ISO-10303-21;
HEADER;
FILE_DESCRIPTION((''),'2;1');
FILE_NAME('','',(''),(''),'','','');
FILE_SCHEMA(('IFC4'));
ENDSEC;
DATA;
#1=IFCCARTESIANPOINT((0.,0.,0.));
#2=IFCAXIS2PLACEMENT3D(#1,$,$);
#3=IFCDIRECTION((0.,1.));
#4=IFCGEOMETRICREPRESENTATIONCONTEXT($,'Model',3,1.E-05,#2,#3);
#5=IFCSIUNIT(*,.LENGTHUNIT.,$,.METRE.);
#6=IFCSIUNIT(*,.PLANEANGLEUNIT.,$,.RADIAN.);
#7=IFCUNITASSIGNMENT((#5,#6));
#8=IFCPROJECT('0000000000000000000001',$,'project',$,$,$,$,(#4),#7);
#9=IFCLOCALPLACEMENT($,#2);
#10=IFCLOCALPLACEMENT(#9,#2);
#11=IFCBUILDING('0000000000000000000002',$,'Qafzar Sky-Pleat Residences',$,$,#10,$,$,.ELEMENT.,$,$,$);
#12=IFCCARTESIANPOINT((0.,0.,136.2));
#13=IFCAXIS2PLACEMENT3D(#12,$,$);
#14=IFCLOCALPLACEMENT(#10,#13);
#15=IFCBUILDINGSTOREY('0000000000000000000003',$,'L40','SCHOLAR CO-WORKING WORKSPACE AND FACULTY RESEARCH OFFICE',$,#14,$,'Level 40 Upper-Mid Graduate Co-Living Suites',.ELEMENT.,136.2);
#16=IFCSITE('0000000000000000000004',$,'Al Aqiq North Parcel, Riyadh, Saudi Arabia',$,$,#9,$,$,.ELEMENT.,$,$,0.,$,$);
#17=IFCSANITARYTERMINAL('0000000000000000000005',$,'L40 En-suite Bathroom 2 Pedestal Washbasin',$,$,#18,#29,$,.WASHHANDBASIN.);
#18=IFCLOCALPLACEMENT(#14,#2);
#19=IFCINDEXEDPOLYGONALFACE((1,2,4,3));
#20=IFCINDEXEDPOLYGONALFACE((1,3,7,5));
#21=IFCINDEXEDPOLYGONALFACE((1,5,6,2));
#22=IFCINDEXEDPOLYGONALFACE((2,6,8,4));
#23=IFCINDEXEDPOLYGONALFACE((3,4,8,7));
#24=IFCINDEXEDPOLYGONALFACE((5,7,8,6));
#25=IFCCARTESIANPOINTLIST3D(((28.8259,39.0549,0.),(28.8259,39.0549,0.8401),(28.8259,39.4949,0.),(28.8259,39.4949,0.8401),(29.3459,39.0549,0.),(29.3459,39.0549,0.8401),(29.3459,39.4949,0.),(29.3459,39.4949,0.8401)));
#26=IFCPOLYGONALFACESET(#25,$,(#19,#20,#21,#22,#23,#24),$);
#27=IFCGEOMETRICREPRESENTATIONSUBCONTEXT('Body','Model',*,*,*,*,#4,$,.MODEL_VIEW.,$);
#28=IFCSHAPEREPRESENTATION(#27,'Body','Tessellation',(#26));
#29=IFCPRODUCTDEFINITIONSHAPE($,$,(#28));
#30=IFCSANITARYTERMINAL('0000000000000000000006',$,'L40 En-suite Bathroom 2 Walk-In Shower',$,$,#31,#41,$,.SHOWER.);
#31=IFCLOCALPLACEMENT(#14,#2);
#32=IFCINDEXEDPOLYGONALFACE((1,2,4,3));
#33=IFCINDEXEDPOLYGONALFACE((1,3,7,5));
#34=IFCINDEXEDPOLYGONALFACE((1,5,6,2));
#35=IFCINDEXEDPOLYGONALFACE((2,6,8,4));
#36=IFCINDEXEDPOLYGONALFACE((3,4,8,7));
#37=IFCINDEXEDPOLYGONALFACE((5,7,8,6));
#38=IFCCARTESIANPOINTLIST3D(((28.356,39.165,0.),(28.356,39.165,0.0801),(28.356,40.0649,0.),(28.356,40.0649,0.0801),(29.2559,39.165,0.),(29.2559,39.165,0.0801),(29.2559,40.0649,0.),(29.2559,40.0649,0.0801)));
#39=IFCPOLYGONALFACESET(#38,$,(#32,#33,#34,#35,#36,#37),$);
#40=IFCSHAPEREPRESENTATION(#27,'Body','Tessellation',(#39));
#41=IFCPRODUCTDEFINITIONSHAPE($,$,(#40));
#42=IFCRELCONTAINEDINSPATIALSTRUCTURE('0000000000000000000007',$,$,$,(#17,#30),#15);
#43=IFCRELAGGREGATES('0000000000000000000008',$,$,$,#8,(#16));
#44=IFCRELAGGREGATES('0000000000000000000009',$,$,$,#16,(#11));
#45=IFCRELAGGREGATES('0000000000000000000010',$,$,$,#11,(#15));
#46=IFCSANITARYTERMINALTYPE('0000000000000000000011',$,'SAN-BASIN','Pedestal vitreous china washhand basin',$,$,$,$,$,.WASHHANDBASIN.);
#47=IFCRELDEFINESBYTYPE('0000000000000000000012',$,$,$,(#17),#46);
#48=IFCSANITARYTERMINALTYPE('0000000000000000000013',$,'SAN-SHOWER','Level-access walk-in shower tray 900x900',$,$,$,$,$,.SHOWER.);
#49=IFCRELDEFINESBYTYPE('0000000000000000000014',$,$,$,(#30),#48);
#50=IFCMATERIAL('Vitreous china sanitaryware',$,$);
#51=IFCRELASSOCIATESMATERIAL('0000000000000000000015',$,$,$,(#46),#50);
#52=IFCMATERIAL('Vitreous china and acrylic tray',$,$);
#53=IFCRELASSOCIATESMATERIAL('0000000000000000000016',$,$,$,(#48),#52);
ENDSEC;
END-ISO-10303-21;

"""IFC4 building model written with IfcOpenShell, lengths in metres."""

from ifc_helpers import new_model, si_unit, direction, frame, origin, origin_2d, place, context, subcontext, project, spatial, rectangle, extrude, source, transform, mapped, material, type_object, element, save


model = new_model("IFC4")

# Units and contexts
model_context = context("Model", 3, precision=1e-05, world=origin(), true_north=direction((0.0, 1.0)))
body_context = subcontext(model_context, "Body", "Model", "MODEL_VIEW")
ifc_project = project(units=[si_unit("LENGTHUNIT", "METRE"), si_unit("PLANEANGLEUNIT", "RADIAN")], contexts=[model_context])

# Site, building, storey
site_placement = place(None, origin())
site = spatial("IfcSite", under=ifc_project, at=site_placement, Name="Al Aqiq North Parcel, Riyadh, Saudi Arabia", CompositionType="ELEMENT", RefElevation=0.0)
building_placement = place(site_placement, origin())
building = spatial("IfcBuilding", under=site, at=building_placement, Name="Qafzar Sky-Pleat Residences", CompositionType="ELEMENT")
storey_placement = place(building_placement, frame((0.0, 0.0, 136.2)))
storey = spatial("IfcBuildingStorey", under=building, at=storey_placement, Name="L40", Description="SCHOLAR CO-WORKING WORKSPACE AND FACULTY RESEARCH OFFICE", LongName="Level 40 Upper-Mid Graduate Co-Living Suites", CompositionType="ELEMENT", Elevation=136.2)

# Sanitary terminals
ifc_material_1 = material(Name="Vitreous china sanitaryware")
sanitary_terminal_type_1 = type_object("IfcSanitaryTerminalType", Name="SAN-BASIN", Description="Pedestal vitreous china washhand basin", PredefinedType="WASHHANDBASIN", material=ifc_material_1)
shared_shape_1 = source(origin(), body_context, "Body", "SweptSolid", [
    extrude(rectangle(XDim=0.52, YDim=0.4399, at=origin_2d()), origin(), (0.0, 0.0, 1.0), 0.8401),
])
sanitary_terminal_1_placement = place(storey_placement, frame((29.0859, 39.2749, 0.0), z_axis=(0.0, 0.0, 1.0), x_axis=(1.0, 0.0, 0.0)))
element("IfcSanitaryTerminal", 1, at=sanitary_terminal_1_placement, inside=storey, type_object=sanitary_terminal_type_1, Name="L40 En-suite Bathroom 2 Pedestal Washbasin", PredefinedType="WASHHANDBASIN", context=body_context, shape_type="MappedRepresentation", body=[
    mapped(shared_shape_1, transform((0.0, 0.0, 0.0), x_axis=(1.0, 0.0, 0.0), y_axis=(0.0, 1.0, 0.0), z_axis=(0.0, 0.0, 1.0), scale=1.0)),
])
ifc_material_2 = material(Name="Vitreous china and acrylic tray")
sanitary_terminal_type_2 = type_object("IfcSanitaryTerminalType", Name="SAN-SHOWER", Description="Level-access walk-in shower tray 900x900", PredefinedType="SHOWER", material=ifc_material_2)
shared_shape_2 = source(origin(), body_context, "Body", "SweptSolid", [
    extrude(rectangle(XDim=0.8999, YDim=0.8999, at=origin_2d()), origin(), (0.0, 0.0, 1.0), 0.0801),
])
sanitary_terminal_2_placement = place(storey_placement, frame((28.8059, 39.615, 0.0), z_axis=(0.0, 0.0, 1.0), x_axis=(1.0, 0.0, 0.0)))
element("IfcSanitaryTerminal", 2, at=sanitary_terminal_2_placement, inside=storey, type_object=sanitary_terminal_type_2, Name="L40 En-suite Bathroom 2 Walk-In Shower", PredefinedType="SHOWER", context=body_context, shape_type="MappedRepresentation", body=[
    mapped(shared_shape_2, transform((0.0, 0.0, 0.0), x_axis=(1.0, 0.0, 0.0), y_axis=(0.0, 1.0, 0.0), z_axis=(0.0, 0.0, 1.0), scale=1.0)),
])

save(model, "model.ifc")
